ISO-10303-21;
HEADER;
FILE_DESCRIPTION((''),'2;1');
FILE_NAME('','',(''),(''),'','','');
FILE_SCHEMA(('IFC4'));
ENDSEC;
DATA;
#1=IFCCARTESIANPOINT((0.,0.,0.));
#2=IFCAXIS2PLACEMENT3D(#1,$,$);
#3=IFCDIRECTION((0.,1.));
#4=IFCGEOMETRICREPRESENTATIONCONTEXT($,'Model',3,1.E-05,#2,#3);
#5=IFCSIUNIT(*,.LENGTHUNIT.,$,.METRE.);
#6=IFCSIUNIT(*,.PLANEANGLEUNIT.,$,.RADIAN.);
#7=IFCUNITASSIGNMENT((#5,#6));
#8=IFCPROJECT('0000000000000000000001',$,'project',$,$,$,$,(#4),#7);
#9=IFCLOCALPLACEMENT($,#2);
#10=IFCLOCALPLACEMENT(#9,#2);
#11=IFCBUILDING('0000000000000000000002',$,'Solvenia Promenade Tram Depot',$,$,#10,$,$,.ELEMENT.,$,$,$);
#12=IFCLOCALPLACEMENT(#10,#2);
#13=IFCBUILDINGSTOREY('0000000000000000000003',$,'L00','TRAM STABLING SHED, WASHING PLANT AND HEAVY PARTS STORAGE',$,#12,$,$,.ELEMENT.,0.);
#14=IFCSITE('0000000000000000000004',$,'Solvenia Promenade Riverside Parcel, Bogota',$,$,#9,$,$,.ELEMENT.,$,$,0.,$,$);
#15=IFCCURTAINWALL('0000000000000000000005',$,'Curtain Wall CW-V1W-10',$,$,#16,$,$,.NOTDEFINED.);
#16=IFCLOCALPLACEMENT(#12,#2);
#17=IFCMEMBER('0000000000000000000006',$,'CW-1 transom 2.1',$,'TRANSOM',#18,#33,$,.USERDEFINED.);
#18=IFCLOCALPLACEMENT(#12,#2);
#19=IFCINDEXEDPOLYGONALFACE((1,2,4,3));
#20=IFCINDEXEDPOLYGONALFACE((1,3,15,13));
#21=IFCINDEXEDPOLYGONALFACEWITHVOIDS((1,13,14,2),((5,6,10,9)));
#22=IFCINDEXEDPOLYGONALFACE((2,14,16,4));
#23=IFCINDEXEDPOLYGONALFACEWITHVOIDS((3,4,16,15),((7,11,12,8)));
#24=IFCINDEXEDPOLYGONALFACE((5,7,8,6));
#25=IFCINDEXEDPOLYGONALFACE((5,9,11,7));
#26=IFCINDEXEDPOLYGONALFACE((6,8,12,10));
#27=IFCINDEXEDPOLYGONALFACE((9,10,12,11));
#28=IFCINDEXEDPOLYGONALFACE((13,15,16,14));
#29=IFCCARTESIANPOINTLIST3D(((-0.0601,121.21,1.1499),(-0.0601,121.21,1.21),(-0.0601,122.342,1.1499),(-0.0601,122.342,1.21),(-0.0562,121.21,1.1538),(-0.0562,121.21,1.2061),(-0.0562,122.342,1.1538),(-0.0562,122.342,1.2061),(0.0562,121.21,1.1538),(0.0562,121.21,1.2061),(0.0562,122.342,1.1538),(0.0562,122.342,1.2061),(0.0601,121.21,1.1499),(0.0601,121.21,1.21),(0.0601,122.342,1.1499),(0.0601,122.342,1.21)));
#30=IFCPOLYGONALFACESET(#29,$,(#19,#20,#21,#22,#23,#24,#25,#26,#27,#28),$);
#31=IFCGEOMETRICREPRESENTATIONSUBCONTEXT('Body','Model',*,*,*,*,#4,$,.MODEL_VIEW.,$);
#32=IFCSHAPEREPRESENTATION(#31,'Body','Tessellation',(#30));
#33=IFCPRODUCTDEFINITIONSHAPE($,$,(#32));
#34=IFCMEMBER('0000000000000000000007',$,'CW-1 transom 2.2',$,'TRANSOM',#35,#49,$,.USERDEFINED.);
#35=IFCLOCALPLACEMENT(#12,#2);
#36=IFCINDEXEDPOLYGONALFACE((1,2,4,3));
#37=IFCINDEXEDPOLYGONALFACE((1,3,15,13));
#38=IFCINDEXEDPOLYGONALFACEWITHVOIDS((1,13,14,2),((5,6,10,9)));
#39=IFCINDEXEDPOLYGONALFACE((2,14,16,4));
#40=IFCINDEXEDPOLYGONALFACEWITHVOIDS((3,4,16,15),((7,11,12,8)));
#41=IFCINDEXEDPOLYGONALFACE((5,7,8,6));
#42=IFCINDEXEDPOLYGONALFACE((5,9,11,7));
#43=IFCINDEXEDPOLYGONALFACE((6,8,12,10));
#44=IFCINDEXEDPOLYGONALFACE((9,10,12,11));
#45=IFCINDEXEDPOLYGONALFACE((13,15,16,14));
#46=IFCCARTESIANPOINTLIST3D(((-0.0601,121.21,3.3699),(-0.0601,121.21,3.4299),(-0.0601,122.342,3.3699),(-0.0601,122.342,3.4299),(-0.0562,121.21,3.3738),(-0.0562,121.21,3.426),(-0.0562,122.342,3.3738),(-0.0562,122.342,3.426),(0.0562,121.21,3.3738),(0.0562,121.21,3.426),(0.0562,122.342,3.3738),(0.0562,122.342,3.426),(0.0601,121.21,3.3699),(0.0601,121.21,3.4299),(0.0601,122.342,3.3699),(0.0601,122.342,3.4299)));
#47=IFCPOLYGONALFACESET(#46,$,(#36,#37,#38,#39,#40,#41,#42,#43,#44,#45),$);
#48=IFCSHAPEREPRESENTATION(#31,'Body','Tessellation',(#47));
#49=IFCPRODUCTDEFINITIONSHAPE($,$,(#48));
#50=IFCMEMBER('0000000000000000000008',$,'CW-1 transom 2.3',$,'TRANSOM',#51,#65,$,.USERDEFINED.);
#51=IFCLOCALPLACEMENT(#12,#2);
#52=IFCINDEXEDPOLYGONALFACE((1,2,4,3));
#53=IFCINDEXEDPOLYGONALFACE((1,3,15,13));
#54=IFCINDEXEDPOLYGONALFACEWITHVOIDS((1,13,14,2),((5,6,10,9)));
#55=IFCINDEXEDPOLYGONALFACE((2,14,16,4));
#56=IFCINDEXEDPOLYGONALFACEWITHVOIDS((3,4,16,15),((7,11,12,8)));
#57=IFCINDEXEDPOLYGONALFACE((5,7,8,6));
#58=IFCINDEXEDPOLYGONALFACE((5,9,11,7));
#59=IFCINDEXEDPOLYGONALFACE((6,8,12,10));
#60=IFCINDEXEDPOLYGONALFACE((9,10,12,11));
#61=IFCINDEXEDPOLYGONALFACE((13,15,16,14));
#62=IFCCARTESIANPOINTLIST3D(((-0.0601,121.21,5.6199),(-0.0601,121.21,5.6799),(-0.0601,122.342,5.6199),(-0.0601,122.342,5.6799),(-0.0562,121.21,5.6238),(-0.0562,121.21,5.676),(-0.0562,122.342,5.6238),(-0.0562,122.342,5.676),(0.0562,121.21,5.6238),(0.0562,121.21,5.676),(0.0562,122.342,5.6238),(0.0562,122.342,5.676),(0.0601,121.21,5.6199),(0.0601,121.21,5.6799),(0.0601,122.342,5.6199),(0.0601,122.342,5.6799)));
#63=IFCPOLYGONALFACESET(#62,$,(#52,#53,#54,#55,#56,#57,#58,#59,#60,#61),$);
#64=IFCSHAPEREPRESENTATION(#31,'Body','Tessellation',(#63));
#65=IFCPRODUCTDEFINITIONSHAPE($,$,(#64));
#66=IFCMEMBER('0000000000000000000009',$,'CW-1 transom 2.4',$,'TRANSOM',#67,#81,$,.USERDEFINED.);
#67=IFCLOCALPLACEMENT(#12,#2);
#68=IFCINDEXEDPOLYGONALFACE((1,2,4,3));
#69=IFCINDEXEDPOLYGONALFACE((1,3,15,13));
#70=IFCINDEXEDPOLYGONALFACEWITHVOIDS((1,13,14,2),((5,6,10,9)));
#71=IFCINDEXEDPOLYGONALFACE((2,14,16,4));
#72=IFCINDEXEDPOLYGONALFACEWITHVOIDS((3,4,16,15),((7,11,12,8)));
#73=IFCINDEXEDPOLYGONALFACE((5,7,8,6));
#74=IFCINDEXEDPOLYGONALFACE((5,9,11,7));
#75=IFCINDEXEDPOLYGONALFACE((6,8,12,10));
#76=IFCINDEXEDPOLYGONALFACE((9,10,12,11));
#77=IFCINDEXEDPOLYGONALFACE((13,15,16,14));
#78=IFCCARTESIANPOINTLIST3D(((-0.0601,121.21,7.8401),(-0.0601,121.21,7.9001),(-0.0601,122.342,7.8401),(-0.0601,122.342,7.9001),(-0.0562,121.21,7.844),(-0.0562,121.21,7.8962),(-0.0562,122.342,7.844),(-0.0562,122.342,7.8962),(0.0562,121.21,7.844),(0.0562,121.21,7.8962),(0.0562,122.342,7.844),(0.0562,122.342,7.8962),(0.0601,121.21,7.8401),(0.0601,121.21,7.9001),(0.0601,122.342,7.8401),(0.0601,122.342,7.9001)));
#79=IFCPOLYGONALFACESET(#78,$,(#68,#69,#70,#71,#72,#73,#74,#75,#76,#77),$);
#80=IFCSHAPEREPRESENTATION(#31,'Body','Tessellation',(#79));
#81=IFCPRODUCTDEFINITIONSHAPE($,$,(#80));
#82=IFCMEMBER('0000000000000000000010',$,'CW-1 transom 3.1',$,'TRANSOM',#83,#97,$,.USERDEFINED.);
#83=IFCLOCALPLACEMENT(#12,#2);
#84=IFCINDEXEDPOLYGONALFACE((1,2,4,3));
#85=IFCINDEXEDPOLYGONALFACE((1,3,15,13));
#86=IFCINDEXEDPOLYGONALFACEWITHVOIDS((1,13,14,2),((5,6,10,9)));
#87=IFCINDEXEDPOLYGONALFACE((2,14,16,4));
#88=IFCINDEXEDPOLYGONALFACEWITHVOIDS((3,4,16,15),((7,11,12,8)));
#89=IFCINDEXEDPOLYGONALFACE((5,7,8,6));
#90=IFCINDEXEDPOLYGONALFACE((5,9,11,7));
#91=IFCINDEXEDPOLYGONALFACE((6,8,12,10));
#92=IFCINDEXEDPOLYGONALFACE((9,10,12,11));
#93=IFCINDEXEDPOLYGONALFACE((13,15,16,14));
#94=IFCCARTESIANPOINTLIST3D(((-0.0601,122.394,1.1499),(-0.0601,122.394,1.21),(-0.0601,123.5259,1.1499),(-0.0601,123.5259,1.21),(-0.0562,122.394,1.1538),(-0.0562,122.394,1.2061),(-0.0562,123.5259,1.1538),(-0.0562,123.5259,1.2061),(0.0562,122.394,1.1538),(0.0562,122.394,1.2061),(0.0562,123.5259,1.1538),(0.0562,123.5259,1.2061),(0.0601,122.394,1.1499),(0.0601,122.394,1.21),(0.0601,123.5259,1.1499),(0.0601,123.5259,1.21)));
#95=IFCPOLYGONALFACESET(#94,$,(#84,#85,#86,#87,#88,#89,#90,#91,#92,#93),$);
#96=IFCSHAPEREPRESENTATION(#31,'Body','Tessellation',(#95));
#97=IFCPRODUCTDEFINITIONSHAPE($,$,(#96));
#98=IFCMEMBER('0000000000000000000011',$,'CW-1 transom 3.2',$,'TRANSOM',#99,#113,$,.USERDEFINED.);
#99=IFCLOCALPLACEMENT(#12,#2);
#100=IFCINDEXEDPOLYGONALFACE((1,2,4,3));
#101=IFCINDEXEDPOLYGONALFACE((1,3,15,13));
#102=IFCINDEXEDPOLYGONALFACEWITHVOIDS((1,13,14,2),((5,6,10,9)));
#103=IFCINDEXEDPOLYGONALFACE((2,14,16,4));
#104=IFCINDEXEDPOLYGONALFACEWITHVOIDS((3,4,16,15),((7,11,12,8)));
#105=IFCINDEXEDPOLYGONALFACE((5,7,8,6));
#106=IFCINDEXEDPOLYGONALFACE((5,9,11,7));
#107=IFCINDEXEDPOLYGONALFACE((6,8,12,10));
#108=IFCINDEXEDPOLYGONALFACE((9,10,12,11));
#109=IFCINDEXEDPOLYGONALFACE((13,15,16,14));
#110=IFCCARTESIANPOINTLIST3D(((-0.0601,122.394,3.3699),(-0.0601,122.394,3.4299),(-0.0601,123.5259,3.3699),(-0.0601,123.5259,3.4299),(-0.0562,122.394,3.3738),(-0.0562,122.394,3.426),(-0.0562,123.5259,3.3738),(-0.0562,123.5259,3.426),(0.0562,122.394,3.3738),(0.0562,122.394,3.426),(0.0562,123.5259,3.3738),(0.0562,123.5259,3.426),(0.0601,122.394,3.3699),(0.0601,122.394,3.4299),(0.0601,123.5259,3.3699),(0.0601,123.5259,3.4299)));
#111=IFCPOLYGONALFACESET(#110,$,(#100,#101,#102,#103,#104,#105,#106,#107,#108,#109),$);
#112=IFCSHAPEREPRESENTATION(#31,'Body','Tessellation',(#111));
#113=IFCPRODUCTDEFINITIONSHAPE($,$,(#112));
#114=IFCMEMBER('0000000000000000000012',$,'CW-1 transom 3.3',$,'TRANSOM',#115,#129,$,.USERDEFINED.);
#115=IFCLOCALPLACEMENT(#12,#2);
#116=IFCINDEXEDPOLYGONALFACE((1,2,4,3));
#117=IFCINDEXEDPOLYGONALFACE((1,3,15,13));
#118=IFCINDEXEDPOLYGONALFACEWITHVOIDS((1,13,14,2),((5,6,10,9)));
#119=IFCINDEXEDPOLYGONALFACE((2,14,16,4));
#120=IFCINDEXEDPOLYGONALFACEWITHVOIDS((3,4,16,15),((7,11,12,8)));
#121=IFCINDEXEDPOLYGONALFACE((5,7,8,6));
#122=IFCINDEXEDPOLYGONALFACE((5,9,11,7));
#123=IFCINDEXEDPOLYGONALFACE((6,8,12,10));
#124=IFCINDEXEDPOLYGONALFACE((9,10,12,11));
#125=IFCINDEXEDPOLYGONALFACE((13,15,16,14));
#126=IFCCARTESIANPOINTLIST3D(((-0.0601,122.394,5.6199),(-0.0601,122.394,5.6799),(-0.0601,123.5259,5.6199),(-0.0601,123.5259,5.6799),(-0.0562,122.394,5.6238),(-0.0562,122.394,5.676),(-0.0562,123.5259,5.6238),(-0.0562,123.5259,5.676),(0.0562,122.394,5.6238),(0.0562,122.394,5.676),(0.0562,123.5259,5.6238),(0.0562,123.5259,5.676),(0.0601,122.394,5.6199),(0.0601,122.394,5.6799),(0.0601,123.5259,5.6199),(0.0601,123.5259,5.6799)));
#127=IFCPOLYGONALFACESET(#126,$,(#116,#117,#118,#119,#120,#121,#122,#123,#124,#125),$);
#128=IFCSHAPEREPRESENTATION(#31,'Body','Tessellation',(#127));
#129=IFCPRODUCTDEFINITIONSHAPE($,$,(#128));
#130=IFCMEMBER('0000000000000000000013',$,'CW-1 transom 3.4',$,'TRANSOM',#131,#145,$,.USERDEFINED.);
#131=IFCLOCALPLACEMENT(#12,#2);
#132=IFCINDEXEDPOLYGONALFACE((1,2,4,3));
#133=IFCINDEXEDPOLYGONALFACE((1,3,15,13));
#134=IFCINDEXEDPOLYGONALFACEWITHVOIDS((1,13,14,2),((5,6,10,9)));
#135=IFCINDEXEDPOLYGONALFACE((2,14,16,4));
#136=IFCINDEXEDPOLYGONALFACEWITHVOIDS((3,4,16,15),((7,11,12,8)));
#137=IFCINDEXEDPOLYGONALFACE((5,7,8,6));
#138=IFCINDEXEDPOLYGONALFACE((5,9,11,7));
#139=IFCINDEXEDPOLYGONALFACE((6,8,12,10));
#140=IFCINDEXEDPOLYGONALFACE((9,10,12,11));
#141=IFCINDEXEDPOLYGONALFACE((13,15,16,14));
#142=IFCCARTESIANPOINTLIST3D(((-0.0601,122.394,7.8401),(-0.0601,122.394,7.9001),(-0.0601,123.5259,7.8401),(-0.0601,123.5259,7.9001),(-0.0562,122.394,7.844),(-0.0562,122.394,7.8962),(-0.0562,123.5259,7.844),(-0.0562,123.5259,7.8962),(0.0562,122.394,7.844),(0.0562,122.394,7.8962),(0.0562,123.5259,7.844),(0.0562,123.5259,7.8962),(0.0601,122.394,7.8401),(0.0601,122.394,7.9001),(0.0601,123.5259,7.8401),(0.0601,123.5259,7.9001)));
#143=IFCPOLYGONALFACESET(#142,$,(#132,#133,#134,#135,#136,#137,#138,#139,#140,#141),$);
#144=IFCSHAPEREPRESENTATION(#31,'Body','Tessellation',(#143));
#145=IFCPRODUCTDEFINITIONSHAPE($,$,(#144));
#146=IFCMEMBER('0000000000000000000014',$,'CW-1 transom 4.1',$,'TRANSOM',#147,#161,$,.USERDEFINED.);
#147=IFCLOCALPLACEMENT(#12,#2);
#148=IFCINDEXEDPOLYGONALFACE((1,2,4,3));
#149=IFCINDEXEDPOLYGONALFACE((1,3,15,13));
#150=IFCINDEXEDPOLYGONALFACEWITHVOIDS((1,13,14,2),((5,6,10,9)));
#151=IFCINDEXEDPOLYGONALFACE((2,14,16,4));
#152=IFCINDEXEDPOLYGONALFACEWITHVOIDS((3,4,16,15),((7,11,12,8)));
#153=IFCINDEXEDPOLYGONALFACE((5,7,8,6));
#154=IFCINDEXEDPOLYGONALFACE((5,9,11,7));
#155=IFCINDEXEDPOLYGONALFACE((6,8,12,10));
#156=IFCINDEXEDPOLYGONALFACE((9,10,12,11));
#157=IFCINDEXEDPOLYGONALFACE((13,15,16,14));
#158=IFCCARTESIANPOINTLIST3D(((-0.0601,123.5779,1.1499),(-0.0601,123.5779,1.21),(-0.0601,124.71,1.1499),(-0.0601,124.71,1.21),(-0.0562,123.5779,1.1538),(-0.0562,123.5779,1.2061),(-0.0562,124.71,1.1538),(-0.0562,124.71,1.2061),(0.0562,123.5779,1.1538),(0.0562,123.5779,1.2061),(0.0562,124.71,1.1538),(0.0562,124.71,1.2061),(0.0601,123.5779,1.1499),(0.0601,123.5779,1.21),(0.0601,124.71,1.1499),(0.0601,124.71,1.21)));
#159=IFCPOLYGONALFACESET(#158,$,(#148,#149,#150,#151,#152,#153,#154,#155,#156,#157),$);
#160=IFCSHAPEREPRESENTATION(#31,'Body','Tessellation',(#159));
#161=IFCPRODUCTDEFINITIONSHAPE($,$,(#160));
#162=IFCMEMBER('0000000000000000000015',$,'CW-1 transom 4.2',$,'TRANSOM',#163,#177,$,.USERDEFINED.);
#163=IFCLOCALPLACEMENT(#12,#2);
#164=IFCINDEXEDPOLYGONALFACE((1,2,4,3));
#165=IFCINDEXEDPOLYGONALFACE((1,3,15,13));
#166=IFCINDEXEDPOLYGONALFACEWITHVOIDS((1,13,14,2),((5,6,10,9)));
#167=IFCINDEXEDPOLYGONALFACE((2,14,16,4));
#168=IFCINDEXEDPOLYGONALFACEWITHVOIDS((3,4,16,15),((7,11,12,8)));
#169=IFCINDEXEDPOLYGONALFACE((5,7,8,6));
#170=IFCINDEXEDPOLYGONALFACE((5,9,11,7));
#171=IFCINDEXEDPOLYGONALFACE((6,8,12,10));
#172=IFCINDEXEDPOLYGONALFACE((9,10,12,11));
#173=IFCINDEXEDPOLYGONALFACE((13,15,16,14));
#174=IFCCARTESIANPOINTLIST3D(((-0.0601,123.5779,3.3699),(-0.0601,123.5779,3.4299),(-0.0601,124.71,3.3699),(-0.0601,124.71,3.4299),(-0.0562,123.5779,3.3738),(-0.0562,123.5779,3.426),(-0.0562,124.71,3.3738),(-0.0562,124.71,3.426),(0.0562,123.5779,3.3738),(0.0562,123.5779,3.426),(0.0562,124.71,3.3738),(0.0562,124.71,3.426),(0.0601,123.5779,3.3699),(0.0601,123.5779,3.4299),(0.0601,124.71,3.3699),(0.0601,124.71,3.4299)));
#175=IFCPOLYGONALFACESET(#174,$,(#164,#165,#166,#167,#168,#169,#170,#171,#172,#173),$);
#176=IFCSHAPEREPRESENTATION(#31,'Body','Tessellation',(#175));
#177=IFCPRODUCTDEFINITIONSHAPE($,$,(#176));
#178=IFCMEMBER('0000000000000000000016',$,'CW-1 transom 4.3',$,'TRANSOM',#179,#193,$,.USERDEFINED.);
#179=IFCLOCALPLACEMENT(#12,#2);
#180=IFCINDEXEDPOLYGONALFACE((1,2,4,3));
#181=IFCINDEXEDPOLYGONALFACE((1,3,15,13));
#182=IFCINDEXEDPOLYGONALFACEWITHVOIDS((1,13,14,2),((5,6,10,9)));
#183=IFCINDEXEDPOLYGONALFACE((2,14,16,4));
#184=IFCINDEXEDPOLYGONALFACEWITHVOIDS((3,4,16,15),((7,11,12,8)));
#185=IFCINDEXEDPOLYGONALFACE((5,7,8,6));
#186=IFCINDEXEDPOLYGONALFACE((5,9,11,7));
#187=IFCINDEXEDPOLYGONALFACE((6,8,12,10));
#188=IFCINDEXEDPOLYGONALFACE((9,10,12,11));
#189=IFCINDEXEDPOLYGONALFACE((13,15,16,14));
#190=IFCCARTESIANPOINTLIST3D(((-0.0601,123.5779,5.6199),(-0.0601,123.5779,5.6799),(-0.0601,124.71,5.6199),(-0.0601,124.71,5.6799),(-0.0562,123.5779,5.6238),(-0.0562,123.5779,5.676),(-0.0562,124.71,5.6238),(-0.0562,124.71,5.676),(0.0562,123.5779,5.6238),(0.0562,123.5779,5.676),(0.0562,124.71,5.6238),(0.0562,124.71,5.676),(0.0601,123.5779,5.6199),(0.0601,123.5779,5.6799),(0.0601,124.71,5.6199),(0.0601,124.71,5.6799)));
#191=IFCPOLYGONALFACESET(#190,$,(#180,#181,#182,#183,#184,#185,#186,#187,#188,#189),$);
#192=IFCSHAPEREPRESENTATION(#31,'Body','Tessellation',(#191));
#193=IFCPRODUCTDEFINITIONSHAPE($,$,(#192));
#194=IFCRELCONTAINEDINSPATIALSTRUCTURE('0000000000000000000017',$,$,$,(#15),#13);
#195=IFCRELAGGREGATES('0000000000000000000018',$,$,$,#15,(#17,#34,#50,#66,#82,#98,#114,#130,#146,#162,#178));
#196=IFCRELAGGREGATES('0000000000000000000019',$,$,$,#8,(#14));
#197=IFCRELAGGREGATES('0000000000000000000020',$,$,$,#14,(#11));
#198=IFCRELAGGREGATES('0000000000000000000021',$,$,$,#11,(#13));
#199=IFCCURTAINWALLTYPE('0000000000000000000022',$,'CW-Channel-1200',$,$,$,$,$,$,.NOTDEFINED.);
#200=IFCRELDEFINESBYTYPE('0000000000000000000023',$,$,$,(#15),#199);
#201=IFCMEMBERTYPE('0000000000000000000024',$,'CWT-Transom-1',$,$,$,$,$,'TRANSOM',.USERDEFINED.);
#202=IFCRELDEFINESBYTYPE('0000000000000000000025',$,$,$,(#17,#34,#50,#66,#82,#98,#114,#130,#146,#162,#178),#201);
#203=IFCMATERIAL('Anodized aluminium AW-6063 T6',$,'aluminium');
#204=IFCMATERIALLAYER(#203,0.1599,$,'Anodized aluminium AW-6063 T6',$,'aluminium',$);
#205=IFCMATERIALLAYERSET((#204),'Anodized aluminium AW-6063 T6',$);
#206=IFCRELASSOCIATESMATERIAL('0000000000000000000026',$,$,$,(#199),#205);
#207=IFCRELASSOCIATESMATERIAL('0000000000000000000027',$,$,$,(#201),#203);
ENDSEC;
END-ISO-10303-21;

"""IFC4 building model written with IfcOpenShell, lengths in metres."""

from ifc_helpers import new_model, si_unit, direction, frame, origin, origin_2d, place, context, subcontext, project, spatial, hollow_rectangle, extrude, material, layer, layer_set, material_profile, profile_set, type_object, element, aggregate, save


model = new_model("IFC4")

# Units and contexts
model_context = context("Model", 3, precision=1e-05, world=origin(), true_north=direction((0.0, 1.0)))
body_context = subcontext(model_context, "Body", "Model", "MODEL_VIEW")
ifc_project = project(units=[si_unit("LENGTHUNIT", "METRE"), si_unit("PLANEANGLEUNIT", "RADIAN")], contexts=[model_context])

# Site, building, storey
site_placement = place(None, origin())
site = spatial("IfcSite", under=ifc_project, at=site_placement, Name="Solvenia Promenade Riverside Parcel, Bogota", CompositionType="ELEMENT", RefElevation=0.0)
building_placement = place(site_placement, origin())
building = spatial("IfcBuilding", under=site, at=building_placement, Name="Solvenia Promenade Tram Depot", CompositionType="ELEMENT")
storey_placement = place(building_placement, origin())
storey = spatial("IfcBuildingStorey", under=building, at=storey_placement, Name="L00", Description="TRAM STABLING SHED, WASHING PLANT AND HEAVY PARTS STORAGE", CompositionType="ELEMENT", Elevation=0.0)

# Curtain wall, members
ifc_material_1 = material(Name="Anodized aluminium AW-6063 T6", Category="aluminium")
ifc_layer_1 = layer(ifc_material_1, 0.1599, Name="Anodized aluminium AW-6063 T6", Category="aluminium")
ifc_layer_set_1 = layer_set([ifc_layer_1], Name="Anodized aluminium AW-6063 T6")
curtain_wall_type = type_object("IfcCurtainWallType", Name="CW-Channel-1200", PredefinedType="NOTDEFINED", material=ifc_layer_set_1)
curtain_wall_placement = place(storey_placement, origin())
curtain_wall = element("IfcCurtainWall", 1, at=curtain_wall_placement, inside=storey, type_object=curtain_wall_type, Name="Curtain Wall CW-V1W-10", PredefinedType="NOTDEFINED")
ifc_material_profile_1 = material_profile(ifc_material_1, hollow_rectangle(XDim=0.1201, YDim=0.0601, WallThickness=0.0039, at=origin_2d()), Name="ALU-T1", Category="aluminium")
ifc_profile_set_1 = profile_set([ifc_material_profile_1], Name="Anodized aluminium AW-6063 T6")
member_type_1 = type_object("IfcMemberType", Name="CWT-Transom-1", ElementType="TRANSOM", PredefinedType="USERDEFINED", material=ifc_profile_set_1)
member_1_placement = place(storey_placement, frame((0.0, 121.21, 1.1799), z_axis=(0.0, 1.0, 0.0), x_axis=(-1.0, 0.0, 0.0)))
member_1 = element("IfcMember", 2, at=member_1_placement, type_object=member_type_1, Name="CW-1 transom 2.1", ObjectType="TRANSOM", PredefinedType="USERDEFINED", context=body_context, shape_type="SweptSolid", body=[
    extrude(hollow_rectangle(XDim=0.1201, YDim=0.0601, WallThickness=0.0039, at=origin_2d()), origin(), (0.0, 0.0, 1.0), 1.1321),
])
member_2_placement = place(storey_placement, frame((0.0, 121.21, 3.3999), z_axis=(0.0, 1.0, 0.0), x_axis=(-1.0, 0.0, 0.0)))
member_2 = element("IfcMember", 3, at=member_2_placement, type_object=member_type_1, Name="CW-1 transom 2.2", ObjectType="TRANSOM", PredefinedType="USERDEFINED", context=body_context, shape_type="SweptSolid", body=[
    extrude(hollow_rectangle(XDim=0.1201, YDim=0.0601, WallThickness=0.0039, at=origin_2d()), origin(), (0.0, 0.0, 1.0), 1.1321),
])
member_3_placement = place(storey_placement, frame((0.0, 121.21, 5.6499), z_axis=(0.0, 1.0, 0.0), x_axis=(-1.0, 0.0, 0.0)))
member_3 = element("IfcMember", 4, at=member_3_placement, type_object=member_type_1, Name="CW-1 transom 2.3", ObjectType="TRANSOM", PredefinedType="USERDEFINED", context=body_context, shape_type="SweptSolid", body=[
    extrude(hollow_rectangle(XDim=0.1201, YDim=0.0601, WallThickness=0.0039, at=origin_2d()), origin(), (0.0, 0.0, 1.0), 1.1321),
])
member_4_placement = place(storey_placement, frame((0.0, 121.21, 7.8701), z_axis=(0.0, 1.0, 0.0), x_axis=(-1.0, 0.0, 0.0)))
member_4 = element("IfcMember", 5, at=member_4_placement, type_object=member_type_1, Name="CW-1 transom 2.4", ObjectType="TRANSOM", PredefinedType="USERDEFINED", context=body_context, shape_type="SweptSolid", body=[
    extrude(hollow_rectangle(XDim=0.1201, YDim=0.0601, WallThickness=0.0039, at=origin_2d()), origin(), (0.0, 0.0, 1.0), 1.1321),
])
member_5_placement = place(storey_placement, frame((0.0, 122.394, 1.1799), z_axis=(0.0, 1.0, 0.0), x_axis=(-1.0, 0.0, 0.0)))
member_5 = element("IfcMember", 6, at=member_5_placement, type_object=member_type_1, Name="CW-1 transom 3.1", ObjectType="TRANSOM", PredefinedType="USERDEFINED", context=body_context, shape_type="SweptSolid", body=[
    extrude(hollow_rectangle(XDim=0.1201, YDim=0.0601, WallThickness=0.0039, at=origin_2d()), origin(), (0.0, 0.0, 1.0), 1.1318),
])
member_6_placement = place(storey_placement, frame((0.0, 122.394, 3.3999), z_axis=(0.0, 1.0, 0.0), x_axis=(-1.0, 0.0, 0.0)))
member_6 = element("IfcMember", 7, at=member_6_placement, type_object=member_type_1, Name="CW-1 transom 3.2", ObjectType="TRANSOM", PredefinedType="USERDEFINED", context=body_context, shape_type="SweptSolid", body=[
    extrude(hollow_rectangle(XDim=0.1201, YDim=0.0601, WallThickness=0.0039, at=origin_2d()), origin(), (0.0, 0.0, 1.0), 1.1318),
])
member_7_placement = place(storey_placement, frame((0.0, 122.394, 5.6499), z_axis=(0.0, 1.0, 0.0), x_axis=(-1.0, 0.0, 0.0)))
member_7 = element("IfcMember", 8, at=member_7_placement, type_object=member_type_1, Name="CW-1 transom 3.3", ObjectType="TRANSOM", PredefinedType="USERDEFINED", context=body_context, shape_type="SweptSolid", body=[
    extrude(hollow_rectangle(XDim=0.1201, YDim=0.0601, WallThickness=0.0039, at=origin_2d()), origin(), (0.0, 0.0, 1.0), 1.1318),
])
member_8_placement = place(storey_placement, frame((0.0, 122.394, 7.8701), z_axis=(0.0, 1.0, 0.0), x_axis=(-1.0, 0.0, 0.0)))
member_8 = element("IfcMember", 9, at=member_8_placement, type_object=member_type_1, Name="CW-1 transom 3.4", ObjectType="TRANSOM", PredefinedType="USERDEFINED", context=body_context, shape_type="SweptSolid", body=[
    extrude(hollow_rectangle(XDim=0.1201, YDim=0.0601, WallThickness=0.0039, at=origin_2d()), origin(), (0.0, 0.0, 1.0), 1.1318),
])
member_9_placement = place(storey_placement, frame((0.0, 123.5779, 1.1799), z_axis=(0.0, 1.0, 0.0), x_axis=(-1.0, 0.0, 0.0)))
member_9 = element("IfcMember", 10, at=member_9_placement, type_object=member_type_1, Name="CW-1 transom 4.1", ObjectType="TRANSOM", PredefinedType="USERDEFINED", context=body_context, shape_type="SweptSolid", body=[
    extrude(hollow_rectangle(XDim=0.1201, YDim=0.0601, WallThickness=0.0039, at=origin_2d()), origin(), (0.0, 0.0, 1.0), 1.1321),
])
member_10_placement = place(storey_placement, frame((0.0, 123.5779, 3.3999), z_axis=(0.0, 1.0, 0.0), x_axis=(-1.0, 0.0, 0.0)))
member_10 = element("IfcMember", 11, at=member_10_placement, type_object=member_type_1, Name="CW-1 transom 4.2", ObjectType="TRANSOM", PredefinedType="USERDEFINED", context=body_context, shape_type="SweptSolid", body=[
    extrude(hollow_rectangle(XDim=0.1201, YDim=0.0601, WallThickness=0.0039, at=origin_2d()), origin(), (0.0, 0.0, 1.0), 1.1321),
])
member_11_placement = place(storey_placement, frame((0.0, 123.5779, 5.6499), z_axis=(0.0, 1.0, 0.0), x_axis=(-1.0, 0.0, 0.0)))
member_11 = element("IfcMember", 12, at=member_11_placement, type_object=member_type_1, Name="CW-1 transom 4.3", ObjectType="TRANSOM", PredefinedType="USERDEFINED", context=body_context, shape_type="SweptSolid", body=[
    extrude(hollow_rectangle(XDim=0.1201, YDim=0.0601, WallThickness=0.0039, at=origin_2d()), origin(), (0.0, 0.0, 1.0), 1.1321),
])
aggregate(curtain_wall, [member_1, member_2, member_3, member_4, member_5, member_6, member_7, member_8, member_9, member_10, member_11])

save(model, "model.ifc")
